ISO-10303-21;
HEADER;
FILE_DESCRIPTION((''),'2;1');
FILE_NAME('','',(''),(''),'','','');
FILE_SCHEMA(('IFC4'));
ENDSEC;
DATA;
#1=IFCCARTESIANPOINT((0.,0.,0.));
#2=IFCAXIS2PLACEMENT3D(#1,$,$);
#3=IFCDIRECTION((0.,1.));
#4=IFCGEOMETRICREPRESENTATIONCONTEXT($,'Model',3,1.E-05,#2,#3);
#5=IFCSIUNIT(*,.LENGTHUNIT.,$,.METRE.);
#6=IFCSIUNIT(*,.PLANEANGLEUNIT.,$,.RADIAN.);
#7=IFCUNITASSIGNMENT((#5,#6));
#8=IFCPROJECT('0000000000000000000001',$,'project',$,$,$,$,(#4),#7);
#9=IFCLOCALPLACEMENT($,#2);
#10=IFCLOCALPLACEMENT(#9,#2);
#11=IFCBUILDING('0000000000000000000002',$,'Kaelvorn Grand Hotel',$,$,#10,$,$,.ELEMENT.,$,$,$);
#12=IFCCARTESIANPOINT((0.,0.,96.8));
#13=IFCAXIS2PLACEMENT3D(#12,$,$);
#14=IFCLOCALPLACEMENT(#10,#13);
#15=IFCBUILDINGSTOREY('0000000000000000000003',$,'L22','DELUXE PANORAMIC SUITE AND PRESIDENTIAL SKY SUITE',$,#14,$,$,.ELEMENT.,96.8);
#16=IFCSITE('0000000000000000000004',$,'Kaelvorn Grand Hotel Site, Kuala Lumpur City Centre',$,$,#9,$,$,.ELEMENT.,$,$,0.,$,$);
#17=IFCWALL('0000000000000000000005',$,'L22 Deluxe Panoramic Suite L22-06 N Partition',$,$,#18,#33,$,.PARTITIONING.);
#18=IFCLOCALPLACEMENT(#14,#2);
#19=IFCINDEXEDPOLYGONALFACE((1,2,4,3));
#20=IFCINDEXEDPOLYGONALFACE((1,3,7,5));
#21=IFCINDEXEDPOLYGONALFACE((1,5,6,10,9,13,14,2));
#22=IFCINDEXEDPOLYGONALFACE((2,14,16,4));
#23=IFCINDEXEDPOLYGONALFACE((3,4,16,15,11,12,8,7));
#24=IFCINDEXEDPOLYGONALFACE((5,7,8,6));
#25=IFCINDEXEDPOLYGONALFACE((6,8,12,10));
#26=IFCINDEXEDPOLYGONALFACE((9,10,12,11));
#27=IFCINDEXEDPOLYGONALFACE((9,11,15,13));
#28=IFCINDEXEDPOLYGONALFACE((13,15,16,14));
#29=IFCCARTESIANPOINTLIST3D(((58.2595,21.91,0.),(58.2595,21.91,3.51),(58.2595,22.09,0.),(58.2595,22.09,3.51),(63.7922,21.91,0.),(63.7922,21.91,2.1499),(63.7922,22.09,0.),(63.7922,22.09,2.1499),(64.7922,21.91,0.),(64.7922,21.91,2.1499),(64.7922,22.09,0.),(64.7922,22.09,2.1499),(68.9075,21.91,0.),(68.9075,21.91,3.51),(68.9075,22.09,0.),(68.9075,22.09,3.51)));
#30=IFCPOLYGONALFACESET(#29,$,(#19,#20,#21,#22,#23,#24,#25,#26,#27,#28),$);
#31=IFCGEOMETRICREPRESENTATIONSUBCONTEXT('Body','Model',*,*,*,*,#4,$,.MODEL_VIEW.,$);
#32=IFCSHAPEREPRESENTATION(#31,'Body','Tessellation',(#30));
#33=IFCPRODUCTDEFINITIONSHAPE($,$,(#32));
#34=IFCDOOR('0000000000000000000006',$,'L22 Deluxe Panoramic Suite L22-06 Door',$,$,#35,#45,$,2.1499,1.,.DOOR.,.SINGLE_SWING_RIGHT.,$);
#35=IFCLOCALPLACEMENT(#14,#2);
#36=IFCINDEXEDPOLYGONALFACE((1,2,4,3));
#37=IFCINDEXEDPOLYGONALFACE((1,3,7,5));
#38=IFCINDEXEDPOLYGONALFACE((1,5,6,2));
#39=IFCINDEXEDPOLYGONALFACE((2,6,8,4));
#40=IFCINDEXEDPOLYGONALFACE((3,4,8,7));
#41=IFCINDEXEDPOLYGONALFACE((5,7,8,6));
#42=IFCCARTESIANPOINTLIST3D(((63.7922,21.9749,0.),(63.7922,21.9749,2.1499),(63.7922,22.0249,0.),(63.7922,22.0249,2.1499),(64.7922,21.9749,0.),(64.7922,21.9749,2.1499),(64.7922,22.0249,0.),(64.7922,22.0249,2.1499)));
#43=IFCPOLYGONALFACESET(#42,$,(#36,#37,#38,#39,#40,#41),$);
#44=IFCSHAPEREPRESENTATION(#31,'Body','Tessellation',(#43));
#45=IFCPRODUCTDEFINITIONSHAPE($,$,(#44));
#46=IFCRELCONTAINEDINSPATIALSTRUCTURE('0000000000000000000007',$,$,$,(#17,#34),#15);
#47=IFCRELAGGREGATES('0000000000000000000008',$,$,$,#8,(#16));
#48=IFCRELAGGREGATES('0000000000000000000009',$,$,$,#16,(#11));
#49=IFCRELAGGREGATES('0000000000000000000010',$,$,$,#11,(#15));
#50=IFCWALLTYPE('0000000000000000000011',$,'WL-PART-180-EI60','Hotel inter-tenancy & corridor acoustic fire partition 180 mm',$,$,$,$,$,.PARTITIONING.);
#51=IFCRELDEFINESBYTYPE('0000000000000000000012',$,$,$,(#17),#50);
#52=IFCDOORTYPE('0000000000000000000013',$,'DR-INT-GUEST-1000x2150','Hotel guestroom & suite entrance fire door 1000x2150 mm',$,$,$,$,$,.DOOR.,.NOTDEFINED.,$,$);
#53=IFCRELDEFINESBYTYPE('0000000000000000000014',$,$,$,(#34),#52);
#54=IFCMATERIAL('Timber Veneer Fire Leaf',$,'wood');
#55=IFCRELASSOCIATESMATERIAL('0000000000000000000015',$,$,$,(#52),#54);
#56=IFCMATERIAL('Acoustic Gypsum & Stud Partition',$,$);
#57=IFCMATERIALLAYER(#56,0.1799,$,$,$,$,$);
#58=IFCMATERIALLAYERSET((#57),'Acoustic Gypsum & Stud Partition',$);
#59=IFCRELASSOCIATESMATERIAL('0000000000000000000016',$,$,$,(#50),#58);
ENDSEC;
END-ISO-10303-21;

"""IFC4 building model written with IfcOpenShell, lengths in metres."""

from ifc_helpers import new_model, si_unit, direction, frame, frame_2d, origin, place, context, subcontext, project, spatial, rectangle, extrude, material, layer, layer_set, type_object, element, fill, save


model = new_model("IFC4")

# Units and contexts
model_context = context("Model", 3, precision=1e-05, world=origin(), true_north=direction((0.0, 1.0)))
body_context = subcontext(model_context, "Body", "Model", "MODEL_VIEW")
ifc_project = project(units=[si_unit("LENGTHUNIT", "METRE"), si_unit("PLANEANGLEUNIT", "RADIAN")], contexts=[model_context])

# Site, building, storey
site_placement = place(None, origin())
site = spatial("IfcSite", under=ifc_project, at=site_placement, Name="Kaelvorn Grand Hotel Site, Kuala Lumpur City Centre", CompositionType="ELEMENT", RefElevation=0.0)
building_placement = place(site_placement, origin())
building = spatial("IfcBuilding", under=site, at=building_placement, Name="Kaelvorn Grand Hotel", CompositionType="ELEMENT")
storey_placement = place(building_placement, frame((0.0, 0.0, 96.8)))
storey = spatial("IfcBuildingStorey", under=building, at=storey_placement, Name="L22", Description="DELUXE PANORAMIC SUITE AND PRESIDENTIAL SKY SUITE", CompositionType="ELEMENT", Elevation=96.8)

# Shared definitions
ifc_material_1 = material(Name="Acoustic Gypsum & Stud Partition")
ifc_material_2 = material(Name="Timber Veneer Fire Leaf", Category="wood")
door_type_1 = type_object("IfcDoorType", Name="DR-INT-GUEST-1000x2150", Description="Hotel guestroom & suite entrance fire door 1000x2150 mm", OperationType="NOTDEFINED", PredefinedType="DOOR", material=ifc_material_2)

# Wall, opening, door
ifc_layer_1 = layer(ifc_material_1, 0.1799)
ifc_layer_set_1 = layer_set([ifc_layer_1], Name="Acoustic Gypsum & Stud Partition")
wall_type_1 = type_object("IfcWallType", Name="WL-PART-180-EI60", Description="Hotel inter-tenancy & corridor acoustic fire partition 180 mm", PredefinedType="PARTITIONING", material=ifc_layer_set_1)
wall_1_placement = place(storey_placement, frame((58.2595, 22.0, 0.0), z_axis=(0.0, 0.0, 1.0), x_axis=(1.0, 0.0, 0.0)))
wall_1 = element("IfcWall", 1, at=wall_1_placement, inside=storey, type_object=wall_type_1, Name="L22 Deluxe Panoramic Suite L22-06 N Partition", PredefinedType="PARTITIONING", context=body_context, shape_type="SweptSolid", body=[
    extrude(rectangle(XDim=10.6479, YDim=0.1799, at=frame_2d((5.324, 0.0))), origin(), (0.0, 0.0, 1.0), 3.51),
])
opening_1_placement = place(wall_1_placement, frame((5.5327, 0.0, 0.0)))
opening_1 = element("IfcOpeningElement", 2, at=opening_1_placement, cuts=wall_1, PredefinedType="OPENING", context=body_context, shape_type="SweptSolid", body=[
    extrude(rectangle(XDim=1.0, YDim=2.1499, at=frame_2d((0.5, 1.075))), frame((0.0, 0.1001, 0.0), z_axis=(0.0, -1.0, 0.0), x_axis=(1.0, 0.0, 0.0)), (0.0, 0.0, 1.0), 0.2),
])
door_1_placement = place(opening_1_placement, origin())
door_1 = element("IfcDoor", 3, at=door_1_placement, inside=storey, type_object=door_type_1, Name="L22 Deluxe Panoramic Suite L22-06 Door", OperationType="SINGLE_SWING_RIGHT", OverallHeight=2.1499, OverallWidth=1.0, PredefinedType="DOOR", context=body_context, shape_type="SweptSolid", body=[
    extrude(rectangle(XDim=1.0, YDim=2.1499, at=frame_2d((0.5, 1.075))), frame((0.0, 0.0249, 0.0), z_axis=(0.0, -1.0, 0.0), x_axis=(1.0, 0.0, 0.0)), (0.0, 0.0, 1.0), 0.05),
])
fill(opening_1, door_1)

save(model, "model.ifc")
